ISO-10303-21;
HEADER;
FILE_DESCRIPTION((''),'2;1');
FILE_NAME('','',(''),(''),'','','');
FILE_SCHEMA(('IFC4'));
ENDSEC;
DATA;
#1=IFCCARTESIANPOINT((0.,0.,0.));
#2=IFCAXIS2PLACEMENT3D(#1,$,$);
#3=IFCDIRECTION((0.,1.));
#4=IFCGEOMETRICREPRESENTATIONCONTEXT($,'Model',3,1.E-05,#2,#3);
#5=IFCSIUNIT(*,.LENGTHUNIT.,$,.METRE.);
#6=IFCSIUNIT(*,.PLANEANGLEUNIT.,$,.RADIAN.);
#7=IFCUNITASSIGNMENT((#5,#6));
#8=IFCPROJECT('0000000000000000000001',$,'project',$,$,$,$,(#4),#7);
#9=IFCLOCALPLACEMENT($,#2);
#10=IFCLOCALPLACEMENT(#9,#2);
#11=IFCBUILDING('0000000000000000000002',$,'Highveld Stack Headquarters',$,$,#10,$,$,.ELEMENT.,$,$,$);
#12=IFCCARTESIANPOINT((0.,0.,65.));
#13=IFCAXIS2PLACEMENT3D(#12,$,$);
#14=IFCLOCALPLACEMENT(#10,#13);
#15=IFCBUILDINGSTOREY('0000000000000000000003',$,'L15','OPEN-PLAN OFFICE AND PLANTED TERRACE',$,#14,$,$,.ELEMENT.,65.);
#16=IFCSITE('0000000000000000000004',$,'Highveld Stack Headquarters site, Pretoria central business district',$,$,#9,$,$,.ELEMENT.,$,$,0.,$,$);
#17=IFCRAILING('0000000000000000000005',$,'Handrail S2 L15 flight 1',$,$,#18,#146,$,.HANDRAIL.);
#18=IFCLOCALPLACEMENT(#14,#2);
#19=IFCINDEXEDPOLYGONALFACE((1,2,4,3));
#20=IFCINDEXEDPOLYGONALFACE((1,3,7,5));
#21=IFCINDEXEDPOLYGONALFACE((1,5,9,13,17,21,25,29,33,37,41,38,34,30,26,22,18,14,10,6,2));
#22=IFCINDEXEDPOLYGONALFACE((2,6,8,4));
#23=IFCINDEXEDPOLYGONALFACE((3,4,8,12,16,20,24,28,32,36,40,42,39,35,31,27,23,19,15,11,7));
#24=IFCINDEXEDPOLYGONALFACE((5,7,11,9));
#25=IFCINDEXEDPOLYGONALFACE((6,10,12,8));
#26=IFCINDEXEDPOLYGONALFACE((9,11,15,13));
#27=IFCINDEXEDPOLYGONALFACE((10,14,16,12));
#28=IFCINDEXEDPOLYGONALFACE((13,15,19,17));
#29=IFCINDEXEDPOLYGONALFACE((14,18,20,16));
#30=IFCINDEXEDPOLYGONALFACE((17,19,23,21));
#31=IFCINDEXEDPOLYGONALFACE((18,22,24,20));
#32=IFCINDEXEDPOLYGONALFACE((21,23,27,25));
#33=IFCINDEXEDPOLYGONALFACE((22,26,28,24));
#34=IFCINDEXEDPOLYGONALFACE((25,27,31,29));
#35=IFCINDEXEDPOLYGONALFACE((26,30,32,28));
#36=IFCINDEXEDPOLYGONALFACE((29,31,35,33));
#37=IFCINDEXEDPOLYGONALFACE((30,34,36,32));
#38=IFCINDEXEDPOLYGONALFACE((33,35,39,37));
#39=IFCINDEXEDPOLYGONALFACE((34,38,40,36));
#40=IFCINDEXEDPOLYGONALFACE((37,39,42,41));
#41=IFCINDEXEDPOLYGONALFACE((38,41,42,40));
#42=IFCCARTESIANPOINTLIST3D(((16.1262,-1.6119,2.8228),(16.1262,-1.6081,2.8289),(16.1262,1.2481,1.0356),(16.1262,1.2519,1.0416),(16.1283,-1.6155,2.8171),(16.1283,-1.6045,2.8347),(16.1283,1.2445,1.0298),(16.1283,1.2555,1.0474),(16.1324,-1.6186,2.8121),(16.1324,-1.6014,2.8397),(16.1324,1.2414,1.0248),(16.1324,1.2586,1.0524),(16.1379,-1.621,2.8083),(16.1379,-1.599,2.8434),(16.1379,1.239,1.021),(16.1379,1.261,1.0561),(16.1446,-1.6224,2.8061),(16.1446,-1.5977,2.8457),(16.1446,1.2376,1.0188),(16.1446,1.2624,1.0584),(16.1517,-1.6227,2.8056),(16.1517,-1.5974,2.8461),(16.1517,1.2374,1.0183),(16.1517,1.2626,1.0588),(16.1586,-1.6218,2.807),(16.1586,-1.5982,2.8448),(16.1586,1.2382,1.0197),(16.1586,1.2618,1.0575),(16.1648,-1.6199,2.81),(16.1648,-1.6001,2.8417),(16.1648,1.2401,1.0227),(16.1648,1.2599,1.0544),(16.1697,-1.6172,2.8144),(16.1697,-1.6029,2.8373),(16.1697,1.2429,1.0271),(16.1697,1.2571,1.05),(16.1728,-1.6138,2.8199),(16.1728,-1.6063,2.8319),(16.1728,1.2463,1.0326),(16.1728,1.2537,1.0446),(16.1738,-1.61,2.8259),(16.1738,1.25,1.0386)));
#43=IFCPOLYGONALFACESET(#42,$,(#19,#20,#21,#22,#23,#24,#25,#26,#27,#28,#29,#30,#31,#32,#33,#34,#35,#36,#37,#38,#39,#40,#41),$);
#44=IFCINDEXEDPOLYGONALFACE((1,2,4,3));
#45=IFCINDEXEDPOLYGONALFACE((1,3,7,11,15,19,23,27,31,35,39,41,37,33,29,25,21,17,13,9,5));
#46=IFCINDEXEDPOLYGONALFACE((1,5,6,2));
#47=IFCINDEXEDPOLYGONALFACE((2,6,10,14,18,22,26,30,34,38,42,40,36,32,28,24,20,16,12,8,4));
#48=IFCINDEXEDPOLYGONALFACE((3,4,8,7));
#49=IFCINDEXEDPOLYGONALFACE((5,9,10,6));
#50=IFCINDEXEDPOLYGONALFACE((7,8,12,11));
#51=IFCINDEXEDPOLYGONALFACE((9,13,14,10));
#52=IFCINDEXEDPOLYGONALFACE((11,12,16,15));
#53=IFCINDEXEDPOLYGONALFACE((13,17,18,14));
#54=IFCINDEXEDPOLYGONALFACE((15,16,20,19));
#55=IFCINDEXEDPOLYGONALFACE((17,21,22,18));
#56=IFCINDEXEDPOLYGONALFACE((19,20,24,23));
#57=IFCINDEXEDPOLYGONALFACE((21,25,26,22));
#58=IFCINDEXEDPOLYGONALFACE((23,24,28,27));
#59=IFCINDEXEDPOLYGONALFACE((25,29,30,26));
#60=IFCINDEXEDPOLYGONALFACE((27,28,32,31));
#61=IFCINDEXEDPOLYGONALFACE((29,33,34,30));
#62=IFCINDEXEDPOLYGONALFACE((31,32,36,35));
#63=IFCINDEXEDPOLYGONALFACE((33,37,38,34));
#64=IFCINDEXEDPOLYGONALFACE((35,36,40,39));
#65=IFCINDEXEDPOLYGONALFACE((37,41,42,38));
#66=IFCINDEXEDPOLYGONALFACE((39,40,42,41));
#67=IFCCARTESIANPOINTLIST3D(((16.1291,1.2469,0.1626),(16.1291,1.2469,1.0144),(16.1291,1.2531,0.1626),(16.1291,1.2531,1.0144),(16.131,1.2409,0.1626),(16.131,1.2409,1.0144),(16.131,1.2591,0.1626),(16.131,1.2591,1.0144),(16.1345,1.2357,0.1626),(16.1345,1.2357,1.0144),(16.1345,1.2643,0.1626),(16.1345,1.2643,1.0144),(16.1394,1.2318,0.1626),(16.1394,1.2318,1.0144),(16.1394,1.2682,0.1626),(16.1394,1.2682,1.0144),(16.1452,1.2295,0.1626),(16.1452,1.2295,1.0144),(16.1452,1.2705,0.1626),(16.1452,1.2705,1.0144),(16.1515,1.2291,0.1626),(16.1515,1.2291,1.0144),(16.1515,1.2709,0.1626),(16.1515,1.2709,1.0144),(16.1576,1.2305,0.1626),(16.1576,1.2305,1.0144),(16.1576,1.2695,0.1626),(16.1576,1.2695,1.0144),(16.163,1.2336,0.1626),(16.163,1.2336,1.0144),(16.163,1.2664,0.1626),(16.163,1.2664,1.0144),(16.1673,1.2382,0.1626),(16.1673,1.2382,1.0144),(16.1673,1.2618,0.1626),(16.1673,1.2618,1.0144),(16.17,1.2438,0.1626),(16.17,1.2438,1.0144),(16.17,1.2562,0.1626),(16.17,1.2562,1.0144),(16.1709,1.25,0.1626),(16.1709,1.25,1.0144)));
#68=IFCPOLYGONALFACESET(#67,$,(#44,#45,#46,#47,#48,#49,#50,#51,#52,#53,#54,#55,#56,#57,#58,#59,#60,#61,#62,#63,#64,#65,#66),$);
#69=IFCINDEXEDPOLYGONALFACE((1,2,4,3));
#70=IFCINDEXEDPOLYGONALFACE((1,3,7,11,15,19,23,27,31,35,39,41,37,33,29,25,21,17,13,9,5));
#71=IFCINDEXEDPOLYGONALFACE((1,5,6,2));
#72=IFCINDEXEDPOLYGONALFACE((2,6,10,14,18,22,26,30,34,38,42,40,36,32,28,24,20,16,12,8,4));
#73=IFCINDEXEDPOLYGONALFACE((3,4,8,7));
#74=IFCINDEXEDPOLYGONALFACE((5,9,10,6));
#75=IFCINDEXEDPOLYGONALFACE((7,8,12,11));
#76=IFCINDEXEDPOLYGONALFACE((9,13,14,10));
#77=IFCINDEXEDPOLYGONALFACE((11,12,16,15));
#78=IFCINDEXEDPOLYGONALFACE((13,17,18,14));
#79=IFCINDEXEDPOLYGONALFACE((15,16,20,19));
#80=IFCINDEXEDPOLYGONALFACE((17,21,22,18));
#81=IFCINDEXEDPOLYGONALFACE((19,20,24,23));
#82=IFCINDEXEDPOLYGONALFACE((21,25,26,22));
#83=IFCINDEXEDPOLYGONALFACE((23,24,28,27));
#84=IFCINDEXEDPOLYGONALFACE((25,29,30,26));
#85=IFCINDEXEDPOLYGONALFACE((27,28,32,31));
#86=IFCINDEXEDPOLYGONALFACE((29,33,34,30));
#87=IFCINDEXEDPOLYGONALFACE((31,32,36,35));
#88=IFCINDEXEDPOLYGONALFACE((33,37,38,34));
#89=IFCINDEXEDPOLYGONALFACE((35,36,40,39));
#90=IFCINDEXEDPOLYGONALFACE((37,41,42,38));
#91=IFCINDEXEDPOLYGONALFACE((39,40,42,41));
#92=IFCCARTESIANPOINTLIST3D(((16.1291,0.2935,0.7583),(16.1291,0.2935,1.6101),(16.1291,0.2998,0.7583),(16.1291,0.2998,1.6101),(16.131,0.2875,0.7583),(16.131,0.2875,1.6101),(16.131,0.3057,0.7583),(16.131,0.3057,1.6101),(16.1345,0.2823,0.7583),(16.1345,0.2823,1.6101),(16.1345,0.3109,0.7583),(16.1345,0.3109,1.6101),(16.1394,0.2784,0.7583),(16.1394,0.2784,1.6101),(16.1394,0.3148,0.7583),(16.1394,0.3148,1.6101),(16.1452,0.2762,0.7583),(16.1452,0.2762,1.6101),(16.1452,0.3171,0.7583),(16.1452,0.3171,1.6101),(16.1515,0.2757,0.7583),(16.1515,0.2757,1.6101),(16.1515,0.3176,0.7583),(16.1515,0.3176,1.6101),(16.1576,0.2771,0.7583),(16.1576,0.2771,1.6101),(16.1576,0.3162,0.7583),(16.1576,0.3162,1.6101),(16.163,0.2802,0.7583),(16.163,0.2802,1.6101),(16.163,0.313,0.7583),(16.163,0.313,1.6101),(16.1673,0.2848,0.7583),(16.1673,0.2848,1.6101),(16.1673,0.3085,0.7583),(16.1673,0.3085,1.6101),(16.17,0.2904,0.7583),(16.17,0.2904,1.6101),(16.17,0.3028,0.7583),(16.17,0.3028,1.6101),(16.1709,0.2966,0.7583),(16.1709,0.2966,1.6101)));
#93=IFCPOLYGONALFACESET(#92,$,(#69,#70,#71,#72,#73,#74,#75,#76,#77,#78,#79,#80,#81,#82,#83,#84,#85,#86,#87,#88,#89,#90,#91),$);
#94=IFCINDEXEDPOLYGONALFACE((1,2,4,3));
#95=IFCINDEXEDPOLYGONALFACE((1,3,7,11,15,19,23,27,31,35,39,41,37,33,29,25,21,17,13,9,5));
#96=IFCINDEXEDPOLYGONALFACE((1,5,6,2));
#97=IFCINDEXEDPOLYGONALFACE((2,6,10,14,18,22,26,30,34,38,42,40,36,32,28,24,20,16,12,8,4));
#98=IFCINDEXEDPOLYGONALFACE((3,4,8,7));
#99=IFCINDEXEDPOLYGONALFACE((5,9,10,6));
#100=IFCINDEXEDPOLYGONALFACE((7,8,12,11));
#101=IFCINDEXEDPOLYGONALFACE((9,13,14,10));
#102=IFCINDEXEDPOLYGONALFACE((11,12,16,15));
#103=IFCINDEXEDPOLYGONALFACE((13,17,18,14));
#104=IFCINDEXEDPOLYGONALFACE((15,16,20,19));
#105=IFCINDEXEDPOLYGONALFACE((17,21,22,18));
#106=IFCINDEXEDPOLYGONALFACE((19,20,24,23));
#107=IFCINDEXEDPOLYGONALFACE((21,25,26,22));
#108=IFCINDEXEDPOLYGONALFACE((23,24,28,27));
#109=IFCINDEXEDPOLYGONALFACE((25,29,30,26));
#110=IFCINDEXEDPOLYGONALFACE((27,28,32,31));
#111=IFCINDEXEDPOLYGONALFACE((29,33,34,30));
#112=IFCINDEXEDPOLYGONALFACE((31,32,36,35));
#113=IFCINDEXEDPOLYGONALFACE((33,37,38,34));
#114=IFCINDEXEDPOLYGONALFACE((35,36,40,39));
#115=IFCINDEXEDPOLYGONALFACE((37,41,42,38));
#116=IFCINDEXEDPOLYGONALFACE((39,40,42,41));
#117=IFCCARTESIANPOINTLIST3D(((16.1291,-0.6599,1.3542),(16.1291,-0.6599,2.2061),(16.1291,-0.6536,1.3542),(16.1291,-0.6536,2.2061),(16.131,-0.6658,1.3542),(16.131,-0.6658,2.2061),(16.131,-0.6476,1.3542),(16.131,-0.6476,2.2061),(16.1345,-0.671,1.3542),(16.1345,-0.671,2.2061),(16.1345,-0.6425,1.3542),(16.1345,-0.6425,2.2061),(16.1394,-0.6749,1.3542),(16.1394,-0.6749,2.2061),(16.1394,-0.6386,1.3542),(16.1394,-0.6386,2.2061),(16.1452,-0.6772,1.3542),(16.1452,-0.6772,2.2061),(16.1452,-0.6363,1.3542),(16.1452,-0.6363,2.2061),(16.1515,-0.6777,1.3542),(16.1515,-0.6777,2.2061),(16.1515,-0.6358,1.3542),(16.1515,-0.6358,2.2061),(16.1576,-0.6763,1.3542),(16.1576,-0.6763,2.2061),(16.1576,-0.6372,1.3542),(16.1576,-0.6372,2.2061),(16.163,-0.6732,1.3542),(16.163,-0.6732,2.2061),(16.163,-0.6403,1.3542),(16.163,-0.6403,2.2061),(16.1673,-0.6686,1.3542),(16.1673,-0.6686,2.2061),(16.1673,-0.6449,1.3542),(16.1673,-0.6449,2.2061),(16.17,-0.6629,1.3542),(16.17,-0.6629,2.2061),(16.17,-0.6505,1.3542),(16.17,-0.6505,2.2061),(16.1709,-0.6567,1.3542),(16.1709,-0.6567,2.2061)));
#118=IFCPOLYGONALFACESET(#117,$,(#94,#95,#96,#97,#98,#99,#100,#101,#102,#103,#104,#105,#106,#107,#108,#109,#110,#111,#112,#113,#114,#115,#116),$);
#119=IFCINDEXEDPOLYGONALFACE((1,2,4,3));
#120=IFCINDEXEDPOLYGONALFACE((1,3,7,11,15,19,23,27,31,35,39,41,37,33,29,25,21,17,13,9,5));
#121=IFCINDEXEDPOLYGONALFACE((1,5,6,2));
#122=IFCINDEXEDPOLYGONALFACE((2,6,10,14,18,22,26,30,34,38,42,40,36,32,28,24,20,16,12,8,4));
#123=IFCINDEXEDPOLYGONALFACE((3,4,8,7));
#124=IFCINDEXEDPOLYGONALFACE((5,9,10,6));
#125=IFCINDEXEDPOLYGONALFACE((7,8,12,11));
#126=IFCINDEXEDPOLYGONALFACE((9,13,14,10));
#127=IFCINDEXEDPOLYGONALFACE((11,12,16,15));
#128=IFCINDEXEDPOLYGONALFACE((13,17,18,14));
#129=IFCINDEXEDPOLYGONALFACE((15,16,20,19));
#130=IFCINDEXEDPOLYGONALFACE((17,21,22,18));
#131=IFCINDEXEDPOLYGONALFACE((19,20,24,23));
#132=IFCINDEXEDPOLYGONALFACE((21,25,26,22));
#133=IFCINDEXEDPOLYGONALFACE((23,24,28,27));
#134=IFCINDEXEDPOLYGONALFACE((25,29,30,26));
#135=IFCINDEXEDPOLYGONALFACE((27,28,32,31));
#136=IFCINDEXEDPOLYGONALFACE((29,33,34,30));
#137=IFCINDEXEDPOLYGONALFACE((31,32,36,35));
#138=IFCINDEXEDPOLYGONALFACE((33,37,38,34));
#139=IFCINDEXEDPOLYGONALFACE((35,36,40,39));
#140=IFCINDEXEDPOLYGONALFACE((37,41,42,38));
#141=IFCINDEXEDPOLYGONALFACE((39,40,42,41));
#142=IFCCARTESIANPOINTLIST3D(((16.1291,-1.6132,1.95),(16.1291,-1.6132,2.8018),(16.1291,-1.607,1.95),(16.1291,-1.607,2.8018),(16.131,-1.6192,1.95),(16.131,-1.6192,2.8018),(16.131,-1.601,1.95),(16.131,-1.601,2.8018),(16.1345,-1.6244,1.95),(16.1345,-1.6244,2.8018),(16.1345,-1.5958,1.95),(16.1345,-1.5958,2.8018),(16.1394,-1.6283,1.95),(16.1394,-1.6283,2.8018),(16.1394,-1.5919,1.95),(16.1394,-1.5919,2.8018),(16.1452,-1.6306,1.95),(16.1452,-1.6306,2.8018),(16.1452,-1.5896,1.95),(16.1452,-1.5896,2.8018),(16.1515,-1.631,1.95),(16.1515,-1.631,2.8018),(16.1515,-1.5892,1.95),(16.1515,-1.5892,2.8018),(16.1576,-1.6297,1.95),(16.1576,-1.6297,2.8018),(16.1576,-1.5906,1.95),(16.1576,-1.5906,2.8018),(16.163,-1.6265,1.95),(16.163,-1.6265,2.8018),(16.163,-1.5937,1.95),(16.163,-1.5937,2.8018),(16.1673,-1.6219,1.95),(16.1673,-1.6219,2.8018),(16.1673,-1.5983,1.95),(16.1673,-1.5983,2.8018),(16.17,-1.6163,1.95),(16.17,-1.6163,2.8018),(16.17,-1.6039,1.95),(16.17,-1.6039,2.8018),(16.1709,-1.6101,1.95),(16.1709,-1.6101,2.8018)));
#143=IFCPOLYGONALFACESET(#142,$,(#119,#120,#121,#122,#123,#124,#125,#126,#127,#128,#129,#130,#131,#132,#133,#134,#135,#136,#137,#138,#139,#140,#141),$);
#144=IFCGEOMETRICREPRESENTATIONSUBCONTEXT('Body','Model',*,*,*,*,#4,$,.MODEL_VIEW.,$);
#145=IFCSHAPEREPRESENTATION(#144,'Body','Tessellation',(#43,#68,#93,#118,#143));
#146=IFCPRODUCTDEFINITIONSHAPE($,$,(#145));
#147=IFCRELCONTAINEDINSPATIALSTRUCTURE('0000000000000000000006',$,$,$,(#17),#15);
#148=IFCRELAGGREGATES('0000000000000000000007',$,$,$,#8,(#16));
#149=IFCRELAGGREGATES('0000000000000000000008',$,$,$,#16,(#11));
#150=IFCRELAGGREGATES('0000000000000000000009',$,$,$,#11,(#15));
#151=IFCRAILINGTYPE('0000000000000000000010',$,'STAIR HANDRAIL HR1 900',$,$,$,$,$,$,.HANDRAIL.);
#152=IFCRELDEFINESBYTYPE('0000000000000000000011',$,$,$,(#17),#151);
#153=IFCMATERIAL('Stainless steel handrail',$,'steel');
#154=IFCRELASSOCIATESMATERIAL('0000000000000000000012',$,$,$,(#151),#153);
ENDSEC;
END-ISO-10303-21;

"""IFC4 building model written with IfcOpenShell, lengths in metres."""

from ifc_helpers import new_model, si_unit, direction, frame, origin, origin_2d, place, context, subcontext, project, spatial, circle, extrude, material, type_object, element, save


model = new_model("IFC4")

# Units and contexts
model_context = context("Model", 3, precision=1e-05, world=origin(), true_north=direction((0.0, 1.0)))
body_context = subcontext(model_context, "Body", "Model", "MODEL_VIEW")
ifc_project = project(units=[si_unit("LENGTHUNIT", "METRE"), si_unit("PLANEANGLEUNIT", "RADIAN")], contexts=[model_context])

# Site, building, storey
site_placement = place(None, origin())
site = spatial("IfcSite", under=ifc_project, at=site_placement, Name="Highveld Stack Headquarters site, Pretoria central business district", CompositionType="ELEMENT", RefElevation=0.0)
building_placement = place(site_placement, origin())
building = spatial("IfcBuilding", under=site, at=building_placement, Name="Highveld Stack Headquarters", CompositionType="ELEMENT")
storey_placement = place(building_placement, frame((0.0, 0.0, 65.0)))
storey = spatial("IfcBuildingStorey", under=building, at=storey_placement, Name="L15", Description="OPEN-PLAN OFFICE AND PLANTED TERRACE", CompositionType="ELEMENT", Elevation=65.0)

# Railing
ifc_material_1 = material(Name="Stainless steel handrail", Category="steel")
railing_type = type_object("IfcRailingType", Name="STAIR HANDRAIL HR1 900", PredefinedType="HANDRAIL", material=ifc_material_1)
for number, where, name in (
    (1, (16.1499, 1.25, 0.1626), "Handrail S2 L15 flight 1"),
):
    element("IfcRailing", number, at=place(storey_placement, frame(where)), inside=storey, type_object=railing_type, Name=name, PredefinedType="HANDRAIL", context=body_context, shape_type="SweptSolid", body=[
        extrude(circle(Radius=0.0239, at=origin_2d()), frame((0.0, 0.0, 0.876), z_axis=(0.0, -0.848027, 0.529953), x_axis=(1.0, 0.0, 0.0)), (0.0, 0.0, 1.0), 3.3726),
        extrude(circle(Radius=0.021, at=origin_2d()), origin(), (0.0, 0.0, 1.0), 0.8518),
        extrude(circle(Radius=0.021, at=origin_2d()), frame((0.0, -0.9534, 0.5957)), (0.0, 0.0, 1.0), 0.8518),
        extrude(circle(Radius=0.021, at=origin_2d()), frame((0.0, -1.9067, 1.1917)), (0.0, 0.0, 1.0), 0.8518),
        extrude(circle(Radius=0.021, at=origin_2d()), frame((0.0, -2.8601, 1.7874)), (0.0, 0.0, 1.0), 0.8518),
    ])

save(model, "model.ifc")
